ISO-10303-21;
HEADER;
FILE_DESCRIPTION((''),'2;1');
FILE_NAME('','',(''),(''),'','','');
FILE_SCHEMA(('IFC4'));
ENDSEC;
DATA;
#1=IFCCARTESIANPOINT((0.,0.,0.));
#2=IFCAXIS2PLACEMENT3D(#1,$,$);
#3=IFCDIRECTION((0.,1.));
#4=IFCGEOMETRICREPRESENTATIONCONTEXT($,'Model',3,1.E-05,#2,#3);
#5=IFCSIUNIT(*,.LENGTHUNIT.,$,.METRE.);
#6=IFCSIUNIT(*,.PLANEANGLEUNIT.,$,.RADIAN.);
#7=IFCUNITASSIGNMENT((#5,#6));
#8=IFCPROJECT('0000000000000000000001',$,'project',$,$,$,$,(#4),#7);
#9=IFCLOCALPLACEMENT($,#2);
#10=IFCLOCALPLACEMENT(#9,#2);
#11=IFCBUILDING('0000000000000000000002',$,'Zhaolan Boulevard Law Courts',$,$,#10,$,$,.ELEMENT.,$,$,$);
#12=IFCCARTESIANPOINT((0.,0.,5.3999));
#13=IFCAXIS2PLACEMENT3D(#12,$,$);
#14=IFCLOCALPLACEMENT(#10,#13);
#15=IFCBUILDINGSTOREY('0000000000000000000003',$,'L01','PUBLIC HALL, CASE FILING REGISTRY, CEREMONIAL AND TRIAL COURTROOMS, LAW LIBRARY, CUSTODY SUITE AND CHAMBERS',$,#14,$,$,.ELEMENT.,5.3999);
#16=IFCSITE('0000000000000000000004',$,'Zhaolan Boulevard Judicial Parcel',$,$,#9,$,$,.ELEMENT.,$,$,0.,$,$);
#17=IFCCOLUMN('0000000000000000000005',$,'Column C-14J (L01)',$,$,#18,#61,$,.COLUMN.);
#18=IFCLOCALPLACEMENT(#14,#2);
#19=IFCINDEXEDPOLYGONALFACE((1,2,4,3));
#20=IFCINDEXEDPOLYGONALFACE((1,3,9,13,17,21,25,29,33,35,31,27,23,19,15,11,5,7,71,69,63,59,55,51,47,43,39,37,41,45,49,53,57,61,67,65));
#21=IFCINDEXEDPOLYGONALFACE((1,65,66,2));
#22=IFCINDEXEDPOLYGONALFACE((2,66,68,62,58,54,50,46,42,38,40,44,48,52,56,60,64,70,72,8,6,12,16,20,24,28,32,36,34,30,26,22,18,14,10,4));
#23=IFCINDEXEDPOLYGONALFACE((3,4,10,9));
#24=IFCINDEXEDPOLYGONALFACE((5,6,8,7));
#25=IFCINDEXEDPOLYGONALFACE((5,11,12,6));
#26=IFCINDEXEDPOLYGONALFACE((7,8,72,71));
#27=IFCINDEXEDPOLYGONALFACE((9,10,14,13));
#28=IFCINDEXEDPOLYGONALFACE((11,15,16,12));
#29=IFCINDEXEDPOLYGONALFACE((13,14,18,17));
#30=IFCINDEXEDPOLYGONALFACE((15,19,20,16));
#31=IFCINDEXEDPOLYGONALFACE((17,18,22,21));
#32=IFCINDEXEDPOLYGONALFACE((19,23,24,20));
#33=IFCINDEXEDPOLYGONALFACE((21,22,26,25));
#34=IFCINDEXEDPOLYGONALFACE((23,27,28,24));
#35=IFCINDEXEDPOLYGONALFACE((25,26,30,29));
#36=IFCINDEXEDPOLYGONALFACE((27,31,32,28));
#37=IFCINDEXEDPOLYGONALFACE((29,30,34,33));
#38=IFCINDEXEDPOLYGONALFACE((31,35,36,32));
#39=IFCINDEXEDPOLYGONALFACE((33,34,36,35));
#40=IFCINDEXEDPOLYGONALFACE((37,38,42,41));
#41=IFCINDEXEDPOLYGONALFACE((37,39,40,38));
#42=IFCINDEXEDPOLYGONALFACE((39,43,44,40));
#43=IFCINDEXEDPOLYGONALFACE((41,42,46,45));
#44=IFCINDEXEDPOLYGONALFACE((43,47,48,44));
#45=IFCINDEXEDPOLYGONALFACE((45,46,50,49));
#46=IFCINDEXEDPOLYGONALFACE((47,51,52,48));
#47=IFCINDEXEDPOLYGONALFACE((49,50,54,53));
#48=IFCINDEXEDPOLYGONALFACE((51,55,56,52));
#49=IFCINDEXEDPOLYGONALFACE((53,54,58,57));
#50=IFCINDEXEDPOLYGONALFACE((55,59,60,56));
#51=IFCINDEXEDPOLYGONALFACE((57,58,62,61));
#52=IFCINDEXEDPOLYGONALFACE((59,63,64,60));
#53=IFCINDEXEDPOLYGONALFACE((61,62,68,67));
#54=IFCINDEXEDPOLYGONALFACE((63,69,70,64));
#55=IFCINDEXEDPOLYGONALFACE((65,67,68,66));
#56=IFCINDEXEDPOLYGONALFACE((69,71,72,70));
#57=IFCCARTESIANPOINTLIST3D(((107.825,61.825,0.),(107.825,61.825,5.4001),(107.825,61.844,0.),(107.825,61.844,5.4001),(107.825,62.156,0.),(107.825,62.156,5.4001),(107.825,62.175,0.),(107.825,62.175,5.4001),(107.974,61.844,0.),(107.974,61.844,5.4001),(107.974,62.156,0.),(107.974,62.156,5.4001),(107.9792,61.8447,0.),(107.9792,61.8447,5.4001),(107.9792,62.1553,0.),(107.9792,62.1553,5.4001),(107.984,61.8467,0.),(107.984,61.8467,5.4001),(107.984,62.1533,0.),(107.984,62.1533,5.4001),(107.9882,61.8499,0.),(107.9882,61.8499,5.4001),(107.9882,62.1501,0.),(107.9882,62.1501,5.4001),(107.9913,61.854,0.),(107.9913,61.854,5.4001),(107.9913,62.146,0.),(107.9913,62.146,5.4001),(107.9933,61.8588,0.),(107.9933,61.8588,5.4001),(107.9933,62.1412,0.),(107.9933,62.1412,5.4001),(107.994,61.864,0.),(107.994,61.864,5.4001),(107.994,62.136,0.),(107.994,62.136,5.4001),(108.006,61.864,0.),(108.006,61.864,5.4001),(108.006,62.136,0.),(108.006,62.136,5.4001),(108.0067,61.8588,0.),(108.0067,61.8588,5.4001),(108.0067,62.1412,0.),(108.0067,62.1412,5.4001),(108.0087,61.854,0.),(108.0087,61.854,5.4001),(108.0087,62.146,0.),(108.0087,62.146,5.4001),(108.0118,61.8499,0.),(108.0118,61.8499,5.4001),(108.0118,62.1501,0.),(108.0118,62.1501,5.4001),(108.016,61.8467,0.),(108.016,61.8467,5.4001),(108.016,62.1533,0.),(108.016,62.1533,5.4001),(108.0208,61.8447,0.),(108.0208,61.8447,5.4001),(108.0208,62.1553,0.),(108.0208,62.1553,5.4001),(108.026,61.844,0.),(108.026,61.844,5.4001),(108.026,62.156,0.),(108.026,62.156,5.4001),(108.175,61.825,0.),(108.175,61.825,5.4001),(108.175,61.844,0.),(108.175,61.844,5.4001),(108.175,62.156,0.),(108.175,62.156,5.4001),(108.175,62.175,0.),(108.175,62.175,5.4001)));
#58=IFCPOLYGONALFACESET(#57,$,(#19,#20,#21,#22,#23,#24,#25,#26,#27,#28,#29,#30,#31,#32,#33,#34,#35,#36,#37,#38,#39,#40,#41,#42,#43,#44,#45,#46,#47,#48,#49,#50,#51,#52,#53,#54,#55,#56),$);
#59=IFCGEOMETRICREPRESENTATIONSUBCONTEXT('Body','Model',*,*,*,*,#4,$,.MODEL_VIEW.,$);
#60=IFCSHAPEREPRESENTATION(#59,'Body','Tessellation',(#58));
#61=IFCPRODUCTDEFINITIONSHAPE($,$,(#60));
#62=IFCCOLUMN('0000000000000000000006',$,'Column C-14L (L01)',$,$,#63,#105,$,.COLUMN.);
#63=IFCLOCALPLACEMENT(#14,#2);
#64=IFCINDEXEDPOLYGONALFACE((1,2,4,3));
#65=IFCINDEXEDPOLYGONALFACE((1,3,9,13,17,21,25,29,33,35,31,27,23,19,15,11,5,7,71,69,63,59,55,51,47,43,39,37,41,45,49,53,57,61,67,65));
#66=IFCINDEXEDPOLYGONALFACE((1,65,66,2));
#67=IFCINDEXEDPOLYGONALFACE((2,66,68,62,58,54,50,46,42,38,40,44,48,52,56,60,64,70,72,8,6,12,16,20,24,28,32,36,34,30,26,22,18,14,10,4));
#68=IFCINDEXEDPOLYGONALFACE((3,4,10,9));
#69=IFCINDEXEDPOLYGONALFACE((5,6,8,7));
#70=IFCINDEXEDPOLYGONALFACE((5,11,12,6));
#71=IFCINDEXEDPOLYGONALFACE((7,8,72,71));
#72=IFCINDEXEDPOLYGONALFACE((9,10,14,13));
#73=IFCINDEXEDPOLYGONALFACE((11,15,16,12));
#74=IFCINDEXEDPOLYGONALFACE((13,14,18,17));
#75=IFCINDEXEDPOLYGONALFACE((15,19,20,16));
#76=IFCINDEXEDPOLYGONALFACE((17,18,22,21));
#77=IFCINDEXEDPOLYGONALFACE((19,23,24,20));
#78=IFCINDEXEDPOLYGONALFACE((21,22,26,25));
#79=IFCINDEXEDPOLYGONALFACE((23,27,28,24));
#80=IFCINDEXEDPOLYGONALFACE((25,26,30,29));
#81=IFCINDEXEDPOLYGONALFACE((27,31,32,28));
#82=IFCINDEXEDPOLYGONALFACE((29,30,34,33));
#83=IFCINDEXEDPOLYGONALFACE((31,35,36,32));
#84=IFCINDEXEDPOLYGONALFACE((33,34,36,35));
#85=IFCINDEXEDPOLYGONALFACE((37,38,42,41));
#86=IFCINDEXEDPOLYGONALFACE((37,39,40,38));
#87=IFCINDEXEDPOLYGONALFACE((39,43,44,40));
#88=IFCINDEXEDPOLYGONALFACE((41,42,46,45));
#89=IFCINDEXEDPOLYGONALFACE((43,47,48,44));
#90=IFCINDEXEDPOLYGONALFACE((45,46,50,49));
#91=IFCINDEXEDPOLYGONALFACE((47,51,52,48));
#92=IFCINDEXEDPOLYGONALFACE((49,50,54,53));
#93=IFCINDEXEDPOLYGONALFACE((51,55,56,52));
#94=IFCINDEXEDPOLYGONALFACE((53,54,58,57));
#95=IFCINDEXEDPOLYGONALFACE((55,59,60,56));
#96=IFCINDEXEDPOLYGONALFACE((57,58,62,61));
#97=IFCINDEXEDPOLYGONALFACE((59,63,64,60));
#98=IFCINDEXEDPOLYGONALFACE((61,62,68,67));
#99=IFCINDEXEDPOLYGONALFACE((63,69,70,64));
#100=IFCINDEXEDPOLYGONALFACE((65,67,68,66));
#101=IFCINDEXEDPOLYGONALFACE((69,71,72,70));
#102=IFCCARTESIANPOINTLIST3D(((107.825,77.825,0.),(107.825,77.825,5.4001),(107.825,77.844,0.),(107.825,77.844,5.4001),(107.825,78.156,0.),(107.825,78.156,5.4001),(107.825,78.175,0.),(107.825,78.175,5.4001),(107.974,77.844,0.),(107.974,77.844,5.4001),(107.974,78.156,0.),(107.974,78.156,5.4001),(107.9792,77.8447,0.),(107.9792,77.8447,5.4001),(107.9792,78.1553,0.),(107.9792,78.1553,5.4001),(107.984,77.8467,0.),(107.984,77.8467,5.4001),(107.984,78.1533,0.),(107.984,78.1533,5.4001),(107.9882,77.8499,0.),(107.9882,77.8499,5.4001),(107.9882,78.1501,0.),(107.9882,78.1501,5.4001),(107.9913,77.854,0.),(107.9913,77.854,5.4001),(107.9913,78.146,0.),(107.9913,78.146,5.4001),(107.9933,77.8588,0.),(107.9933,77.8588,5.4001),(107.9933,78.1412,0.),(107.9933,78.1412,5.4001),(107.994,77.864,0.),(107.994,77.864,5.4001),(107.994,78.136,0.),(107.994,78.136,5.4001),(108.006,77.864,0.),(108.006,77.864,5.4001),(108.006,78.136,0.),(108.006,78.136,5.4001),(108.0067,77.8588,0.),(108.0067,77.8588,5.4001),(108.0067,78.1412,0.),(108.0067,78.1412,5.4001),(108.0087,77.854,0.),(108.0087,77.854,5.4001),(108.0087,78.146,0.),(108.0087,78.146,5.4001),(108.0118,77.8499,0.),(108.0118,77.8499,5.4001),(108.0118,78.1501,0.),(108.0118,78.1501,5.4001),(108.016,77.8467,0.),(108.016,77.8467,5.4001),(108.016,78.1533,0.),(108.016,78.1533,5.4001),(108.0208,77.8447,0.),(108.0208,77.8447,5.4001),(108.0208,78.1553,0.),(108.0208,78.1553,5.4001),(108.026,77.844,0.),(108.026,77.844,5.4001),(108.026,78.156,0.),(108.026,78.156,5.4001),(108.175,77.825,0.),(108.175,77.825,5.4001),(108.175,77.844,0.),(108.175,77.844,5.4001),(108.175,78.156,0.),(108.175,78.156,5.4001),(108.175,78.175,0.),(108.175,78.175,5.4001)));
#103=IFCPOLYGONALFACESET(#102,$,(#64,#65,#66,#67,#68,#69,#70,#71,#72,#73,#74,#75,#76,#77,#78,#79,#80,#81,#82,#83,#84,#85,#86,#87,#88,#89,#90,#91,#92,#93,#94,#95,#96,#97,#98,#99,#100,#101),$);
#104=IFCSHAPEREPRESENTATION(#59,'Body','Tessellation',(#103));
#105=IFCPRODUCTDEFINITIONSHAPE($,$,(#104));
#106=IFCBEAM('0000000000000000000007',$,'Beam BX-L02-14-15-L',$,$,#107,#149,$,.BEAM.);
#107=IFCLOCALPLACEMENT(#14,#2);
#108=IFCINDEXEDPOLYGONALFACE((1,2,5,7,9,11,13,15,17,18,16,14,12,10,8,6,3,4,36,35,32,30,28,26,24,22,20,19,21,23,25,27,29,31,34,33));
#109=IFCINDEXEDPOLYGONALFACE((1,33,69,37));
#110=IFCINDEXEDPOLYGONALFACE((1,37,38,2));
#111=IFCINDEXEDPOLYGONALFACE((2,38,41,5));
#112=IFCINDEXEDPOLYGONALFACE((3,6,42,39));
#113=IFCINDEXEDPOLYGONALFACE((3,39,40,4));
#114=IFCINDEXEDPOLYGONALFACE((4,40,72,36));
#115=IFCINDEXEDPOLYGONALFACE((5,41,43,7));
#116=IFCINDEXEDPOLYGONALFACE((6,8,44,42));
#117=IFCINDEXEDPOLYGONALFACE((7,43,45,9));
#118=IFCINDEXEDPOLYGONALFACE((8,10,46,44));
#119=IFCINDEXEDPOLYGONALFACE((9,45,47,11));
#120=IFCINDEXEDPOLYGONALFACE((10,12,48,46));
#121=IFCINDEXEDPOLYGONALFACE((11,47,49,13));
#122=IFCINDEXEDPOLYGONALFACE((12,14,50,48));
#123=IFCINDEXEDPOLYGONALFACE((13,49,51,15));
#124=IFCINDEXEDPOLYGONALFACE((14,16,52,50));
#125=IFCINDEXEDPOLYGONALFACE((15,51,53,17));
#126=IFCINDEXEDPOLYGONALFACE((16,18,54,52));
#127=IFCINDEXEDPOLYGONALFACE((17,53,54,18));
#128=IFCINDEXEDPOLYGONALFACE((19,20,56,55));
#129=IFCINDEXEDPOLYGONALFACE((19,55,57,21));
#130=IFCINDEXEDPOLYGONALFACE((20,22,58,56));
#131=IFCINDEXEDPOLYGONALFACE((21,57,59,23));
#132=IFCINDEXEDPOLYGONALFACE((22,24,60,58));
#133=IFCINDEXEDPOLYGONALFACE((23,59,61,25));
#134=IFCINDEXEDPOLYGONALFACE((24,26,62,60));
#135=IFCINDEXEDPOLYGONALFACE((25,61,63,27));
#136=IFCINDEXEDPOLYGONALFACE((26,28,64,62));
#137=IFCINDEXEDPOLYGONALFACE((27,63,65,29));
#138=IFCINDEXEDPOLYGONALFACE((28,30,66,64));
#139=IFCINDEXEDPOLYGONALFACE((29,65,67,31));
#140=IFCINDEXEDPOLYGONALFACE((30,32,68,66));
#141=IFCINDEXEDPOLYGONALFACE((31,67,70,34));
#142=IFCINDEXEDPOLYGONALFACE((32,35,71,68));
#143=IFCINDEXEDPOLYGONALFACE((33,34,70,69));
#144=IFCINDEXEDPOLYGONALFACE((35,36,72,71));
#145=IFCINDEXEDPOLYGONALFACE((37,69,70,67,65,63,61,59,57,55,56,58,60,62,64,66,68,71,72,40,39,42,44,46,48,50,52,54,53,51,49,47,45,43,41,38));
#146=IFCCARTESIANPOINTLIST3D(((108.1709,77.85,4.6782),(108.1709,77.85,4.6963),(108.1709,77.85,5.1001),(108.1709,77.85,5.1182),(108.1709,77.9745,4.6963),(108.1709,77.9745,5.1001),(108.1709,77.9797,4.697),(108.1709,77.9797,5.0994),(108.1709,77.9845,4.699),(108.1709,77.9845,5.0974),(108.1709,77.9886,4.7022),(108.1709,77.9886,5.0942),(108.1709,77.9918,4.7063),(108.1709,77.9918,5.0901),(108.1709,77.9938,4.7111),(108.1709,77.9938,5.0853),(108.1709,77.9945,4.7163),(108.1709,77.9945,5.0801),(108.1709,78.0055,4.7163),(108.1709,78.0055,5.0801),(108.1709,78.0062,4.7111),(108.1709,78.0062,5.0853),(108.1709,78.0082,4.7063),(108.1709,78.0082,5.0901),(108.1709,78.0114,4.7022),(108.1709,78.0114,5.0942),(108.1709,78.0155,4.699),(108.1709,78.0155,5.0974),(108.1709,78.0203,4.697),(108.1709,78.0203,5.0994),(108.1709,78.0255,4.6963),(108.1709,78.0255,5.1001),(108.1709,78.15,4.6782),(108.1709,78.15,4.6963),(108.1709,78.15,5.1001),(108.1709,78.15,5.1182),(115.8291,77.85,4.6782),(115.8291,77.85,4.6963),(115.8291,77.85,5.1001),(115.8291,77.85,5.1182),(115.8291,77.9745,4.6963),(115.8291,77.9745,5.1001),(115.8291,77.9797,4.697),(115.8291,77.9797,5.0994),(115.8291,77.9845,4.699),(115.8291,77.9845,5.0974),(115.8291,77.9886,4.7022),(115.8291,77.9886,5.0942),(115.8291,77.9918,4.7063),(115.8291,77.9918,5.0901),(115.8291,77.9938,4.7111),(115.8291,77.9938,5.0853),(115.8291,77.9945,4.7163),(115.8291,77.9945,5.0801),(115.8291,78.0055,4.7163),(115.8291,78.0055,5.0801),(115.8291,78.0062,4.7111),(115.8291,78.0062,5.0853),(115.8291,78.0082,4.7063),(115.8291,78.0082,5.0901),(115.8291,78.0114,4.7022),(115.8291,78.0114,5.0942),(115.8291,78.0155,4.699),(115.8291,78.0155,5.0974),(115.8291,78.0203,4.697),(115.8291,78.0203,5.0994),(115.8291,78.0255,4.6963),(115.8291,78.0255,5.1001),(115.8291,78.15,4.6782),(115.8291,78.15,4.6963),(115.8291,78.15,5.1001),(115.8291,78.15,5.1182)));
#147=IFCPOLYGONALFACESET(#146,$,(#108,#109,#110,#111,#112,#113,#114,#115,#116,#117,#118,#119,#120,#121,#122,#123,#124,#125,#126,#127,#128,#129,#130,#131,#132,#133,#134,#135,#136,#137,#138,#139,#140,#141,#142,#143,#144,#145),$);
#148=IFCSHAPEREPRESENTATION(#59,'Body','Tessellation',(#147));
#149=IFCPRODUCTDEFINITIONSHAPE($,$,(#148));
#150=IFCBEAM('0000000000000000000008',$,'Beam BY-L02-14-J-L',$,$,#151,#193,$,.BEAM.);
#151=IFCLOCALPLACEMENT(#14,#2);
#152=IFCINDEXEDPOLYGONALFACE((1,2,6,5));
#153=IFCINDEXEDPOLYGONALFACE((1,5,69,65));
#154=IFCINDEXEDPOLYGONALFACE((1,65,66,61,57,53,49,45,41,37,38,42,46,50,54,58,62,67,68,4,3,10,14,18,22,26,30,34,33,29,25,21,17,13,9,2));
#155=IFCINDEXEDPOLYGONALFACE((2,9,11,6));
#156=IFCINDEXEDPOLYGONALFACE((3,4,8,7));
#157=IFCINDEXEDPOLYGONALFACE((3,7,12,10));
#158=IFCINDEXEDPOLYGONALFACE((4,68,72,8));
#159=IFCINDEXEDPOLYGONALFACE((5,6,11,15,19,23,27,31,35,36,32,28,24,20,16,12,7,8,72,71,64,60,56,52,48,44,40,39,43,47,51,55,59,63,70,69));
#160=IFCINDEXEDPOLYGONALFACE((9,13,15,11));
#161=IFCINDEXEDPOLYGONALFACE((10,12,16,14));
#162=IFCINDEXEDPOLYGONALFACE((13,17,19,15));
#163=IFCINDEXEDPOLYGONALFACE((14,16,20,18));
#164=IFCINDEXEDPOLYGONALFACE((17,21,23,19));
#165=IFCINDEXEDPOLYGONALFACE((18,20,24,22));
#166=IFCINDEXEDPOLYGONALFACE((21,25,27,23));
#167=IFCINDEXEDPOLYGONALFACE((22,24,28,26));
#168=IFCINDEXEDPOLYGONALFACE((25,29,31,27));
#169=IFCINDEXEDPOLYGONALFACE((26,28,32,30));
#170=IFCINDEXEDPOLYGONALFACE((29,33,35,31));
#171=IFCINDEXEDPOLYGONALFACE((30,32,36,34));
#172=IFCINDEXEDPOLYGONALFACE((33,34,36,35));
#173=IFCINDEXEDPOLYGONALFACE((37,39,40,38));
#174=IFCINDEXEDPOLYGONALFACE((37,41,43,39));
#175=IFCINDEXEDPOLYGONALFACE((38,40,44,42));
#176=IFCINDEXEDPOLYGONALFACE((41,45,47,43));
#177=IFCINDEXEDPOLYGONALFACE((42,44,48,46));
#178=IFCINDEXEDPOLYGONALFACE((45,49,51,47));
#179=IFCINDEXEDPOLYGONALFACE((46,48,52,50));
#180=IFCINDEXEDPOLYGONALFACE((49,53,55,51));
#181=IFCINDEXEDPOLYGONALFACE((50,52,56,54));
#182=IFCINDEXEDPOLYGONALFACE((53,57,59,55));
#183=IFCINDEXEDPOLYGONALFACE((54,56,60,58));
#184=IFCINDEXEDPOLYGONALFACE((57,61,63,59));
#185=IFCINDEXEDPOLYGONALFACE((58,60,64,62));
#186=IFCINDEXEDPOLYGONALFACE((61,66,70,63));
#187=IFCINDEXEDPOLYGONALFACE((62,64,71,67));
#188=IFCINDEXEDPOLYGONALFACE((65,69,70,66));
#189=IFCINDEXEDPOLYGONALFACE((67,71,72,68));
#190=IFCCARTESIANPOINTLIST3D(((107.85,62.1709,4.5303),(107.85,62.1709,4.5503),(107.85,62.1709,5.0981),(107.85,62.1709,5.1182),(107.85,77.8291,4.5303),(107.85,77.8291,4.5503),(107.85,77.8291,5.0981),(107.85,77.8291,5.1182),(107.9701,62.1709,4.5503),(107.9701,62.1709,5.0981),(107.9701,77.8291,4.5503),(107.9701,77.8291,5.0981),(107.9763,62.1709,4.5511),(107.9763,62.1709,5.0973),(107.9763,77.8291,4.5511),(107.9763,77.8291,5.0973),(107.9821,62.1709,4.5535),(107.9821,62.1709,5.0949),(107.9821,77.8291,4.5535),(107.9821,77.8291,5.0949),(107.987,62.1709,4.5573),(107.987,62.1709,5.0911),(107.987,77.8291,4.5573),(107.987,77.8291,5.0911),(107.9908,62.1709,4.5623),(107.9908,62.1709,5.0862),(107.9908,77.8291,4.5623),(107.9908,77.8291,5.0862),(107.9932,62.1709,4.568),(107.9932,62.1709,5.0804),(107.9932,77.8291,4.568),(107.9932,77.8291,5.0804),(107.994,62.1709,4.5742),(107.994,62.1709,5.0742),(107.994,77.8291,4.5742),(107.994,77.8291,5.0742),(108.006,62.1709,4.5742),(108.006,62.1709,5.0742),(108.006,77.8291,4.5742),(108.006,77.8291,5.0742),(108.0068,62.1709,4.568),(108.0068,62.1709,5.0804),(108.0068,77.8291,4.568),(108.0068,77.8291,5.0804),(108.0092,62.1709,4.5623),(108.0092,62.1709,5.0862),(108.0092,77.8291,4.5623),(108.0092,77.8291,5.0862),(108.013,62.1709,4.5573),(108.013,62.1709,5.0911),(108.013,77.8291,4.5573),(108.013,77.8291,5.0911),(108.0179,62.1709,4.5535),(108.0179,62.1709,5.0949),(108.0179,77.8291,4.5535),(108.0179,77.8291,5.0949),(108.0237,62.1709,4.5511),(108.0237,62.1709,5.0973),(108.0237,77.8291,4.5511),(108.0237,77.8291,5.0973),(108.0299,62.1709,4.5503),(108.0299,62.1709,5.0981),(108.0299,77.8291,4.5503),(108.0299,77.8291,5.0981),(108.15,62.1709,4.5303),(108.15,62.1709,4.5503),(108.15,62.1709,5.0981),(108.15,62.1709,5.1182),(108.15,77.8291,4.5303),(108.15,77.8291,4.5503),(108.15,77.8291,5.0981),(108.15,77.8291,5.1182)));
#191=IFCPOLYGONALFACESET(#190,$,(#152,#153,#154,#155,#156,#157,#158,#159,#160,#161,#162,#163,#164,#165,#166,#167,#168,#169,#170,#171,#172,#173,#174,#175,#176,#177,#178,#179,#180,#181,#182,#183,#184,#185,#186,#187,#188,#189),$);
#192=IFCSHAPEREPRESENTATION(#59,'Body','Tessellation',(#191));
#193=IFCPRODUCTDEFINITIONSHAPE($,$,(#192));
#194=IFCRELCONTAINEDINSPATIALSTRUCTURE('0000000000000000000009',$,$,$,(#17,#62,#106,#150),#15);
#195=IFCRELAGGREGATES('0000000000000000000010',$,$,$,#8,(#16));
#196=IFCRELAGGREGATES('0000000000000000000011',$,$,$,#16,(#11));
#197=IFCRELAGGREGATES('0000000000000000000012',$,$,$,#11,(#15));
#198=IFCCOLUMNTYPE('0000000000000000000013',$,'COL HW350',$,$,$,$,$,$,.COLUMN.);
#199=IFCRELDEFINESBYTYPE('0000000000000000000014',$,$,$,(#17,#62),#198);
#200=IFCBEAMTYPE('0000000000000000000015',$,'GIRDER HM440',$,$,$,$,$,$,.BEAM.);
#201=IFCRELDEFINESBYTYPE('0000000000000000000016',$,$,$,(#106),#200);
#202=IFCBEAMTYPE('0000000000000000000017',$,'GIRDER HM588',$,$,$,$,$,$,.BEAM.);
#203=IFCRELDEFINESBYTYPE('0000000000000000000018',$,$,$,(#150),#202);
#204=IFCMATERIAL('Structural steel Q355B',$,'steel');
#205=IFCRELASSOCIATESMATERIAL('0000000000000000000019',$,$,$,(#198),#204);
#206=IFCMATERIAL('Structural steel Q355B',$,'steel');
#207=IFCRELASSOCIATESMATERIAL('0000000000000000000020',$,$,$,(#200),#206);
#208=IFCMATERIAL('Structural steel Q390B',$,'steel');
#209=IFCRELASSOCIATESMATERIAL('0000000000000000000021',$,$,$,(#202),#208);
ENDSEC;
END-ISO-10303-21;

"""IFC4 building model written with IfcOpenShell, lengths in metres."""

from ifc_helpers import new_model, si_unit, direction, frame, origin, origin_2d, place, context, subcontext, project, spatial, i_section, extrude, material, material_profile, profile_set, type_object, element, save


model = new_model("IFC4")

# Units and contexts
model_context = context("Model", 3, precision=1e-05, world=origin(), true_north=direction((0.0, 1.0)))
body_context = subcontext(model_context, "Body", "Model", "MODEL_VIEW")
ifc_project = project(units=[si_unit("LENGTHUNIT", "METRE"), si_unit("PLANEANGLEUNIT", "RADIAN")], contexts=[model_context])

# Site, building, storey
site_placement = place(None, origin())
site = spatial("IfcSite", under=ifc_project, at=site_placement, Name="Zhaolan Boulevard Judicial Parcel", CompositionType="ELEMENT", RefElevation=0.0)
building_placement = place(site_placement, origin())
building = spatial("IfcBuilding", under=site, at=building_placement, Name="Zhaolan Boulevard Law Courts", CompositionType="ELEMENT")
storey_placement = place(building_placement, frame((0.0, 0.0, 5.3999)))
storey = spatial("IfcBuildingStorey", under=building, at=storey_placement, Name="L01", Description="PUBLIC HALL, CASE FILING REGISTRY, CEREMONIAL AND TRIAL COURTROOMS, LAW LIBRARY, CUSTODY SUITE AND CHAMBERS", CompositionType="ELEMENT", Elevation=5.3999)

# Columns
ifc_material_1 = material(Name="Structural steel Q355B", Category="steel")
ifc_material_profile_1 = material_profile(ifc_material_1, i_section(OverallWidth=0.3501, OverallDepth=0.3501, WebThickness=0.012, FlangeThickness=0.019, FilletRadius=0.02, at=origin_2d()), Name="HW350x350")
ifc_profile_set_1 = profile_set([ifc_material_profile_1], Name="Structural steel Q355B")
column_type = type_object("IfcColumnType", Name="COL HW350", PredefinedType="COLUMN", material=ifc_profile_set_1)
for number, where, z_axis, x_axis, name in (
    (1, (108.0, 62.0, 0.0), (0.0, 0.0, 1.0), (1.0, 0.0, 0.0), "Column C-14J (L01)"),
    (2, (108.0, 78.0, 0.0), (0.0, 0.0, 1.0), (1.0, 0.0, 0.0), "Column C-14L (L01)"),
):
    element("IfcColumn", number, at=place(storey_placement, frame(where, z_axis=z_axis, x_axis=x_axis)), inside=storey, type_object=column_type, Name=name, PredefinedType="COLUMN", context=body_context, shape_type="SweptSolid", body=[
        extrude(i_section(OverallWidth=0.3501, OverallDepth=0.3501, WebThickness=0.012, FlangeThickness=0.019, FilletRadius=0.02, at=origin_2d()), origin(), (0.0, 0.0, 1.0), 5.4001),
    ])

# Beams
ifc_material_2 = material(Name="Structural steel Q355B", Category="steel")
ifc_material_profile_2 = material_profile(ifc_material_2, i_section(OverallWidth=0.3, OverallDepth=0.4399, WebThickness=0.011, FlangeThickness=0.0181, FilletRadius=0.02, at=origin_2d()), Name="HM440x300")
ifc_profile_set_2 = profile_set([ifc_material_profile_2], Name="Structural steel Q355B")
beam_type_1 = type_object("IfcBeamType", Name="GIRDER HM440", PredefinedType="BEAM", material=ifc_profile_set_2)
beam_1_placement = place(storey_placement, frame((108.1709, 78.0, 4.8982), z_axis=(1.0, 0.0, 0.0), x_axis=(0.0, 1.0, 0.0)))
element("IfcBeam", 3, at=beam_1_placement, inside=storey, type_object=beam_type_1, Name="Beam BX-L02-14-15-L", PredefinedType="BEAM", context=body_context, shape_type="SweptSolid", body=[
    extrude(i_section(OverallWidth=0.3, OverallDepth=0.4399, WebThickness=0.011, FlangeThickness=0.0181, FilletRadius=0.02, at=origin_2d()), origin(), (0.0, 0.0, 1.0), 7.6582),
])
ifc_material_3 = material(Name="Structural steel Q390B", Category="steel")
ifc_material_profile_3 = material_profile(ifc_material_3, i_section(OverallWidth=0.3, OverallDepth=0.5879, WebThickness=0.012, FlangeThickness=0.02, FilletRadius=0.0239, at=origin_2d()), Name="HM588x300")
ifc_profile_set_3 = profile_set([ifc_material_profile_3], Name="Structural steel Q390B")
beam_type_2 = type_object("IfcBeamType", Name="GIRDER HM588", PredefinedType="BEAM", material=ifc_profile_set_3)
beam_2_placement = place(storey_placement, frame((108.0, 62.1709, 4.8242), z_axis=(0.0, 1.0, 0.0), x_axis=(-1.0, 0.0, 0.0)))
element("IfcBeam", 4, at=beam_2_placement, inside=storey, type_object=beam_type_2, Name="Beam BY-L02-14-J-L", PredefinedType="BEAM", context=body_context, shape_type="SweptSolid", body=[
    extrude(i_section(OverallWidth=0.3, OverallDepth=0.5879, WebThickness=0.012, FlangeThickness=0.02, FilletRadius=0.0239, at=origin_2d()), origin(), (0.0, 0.0, 1.0), 15.6582),
])

save(model, "model.ifc")
